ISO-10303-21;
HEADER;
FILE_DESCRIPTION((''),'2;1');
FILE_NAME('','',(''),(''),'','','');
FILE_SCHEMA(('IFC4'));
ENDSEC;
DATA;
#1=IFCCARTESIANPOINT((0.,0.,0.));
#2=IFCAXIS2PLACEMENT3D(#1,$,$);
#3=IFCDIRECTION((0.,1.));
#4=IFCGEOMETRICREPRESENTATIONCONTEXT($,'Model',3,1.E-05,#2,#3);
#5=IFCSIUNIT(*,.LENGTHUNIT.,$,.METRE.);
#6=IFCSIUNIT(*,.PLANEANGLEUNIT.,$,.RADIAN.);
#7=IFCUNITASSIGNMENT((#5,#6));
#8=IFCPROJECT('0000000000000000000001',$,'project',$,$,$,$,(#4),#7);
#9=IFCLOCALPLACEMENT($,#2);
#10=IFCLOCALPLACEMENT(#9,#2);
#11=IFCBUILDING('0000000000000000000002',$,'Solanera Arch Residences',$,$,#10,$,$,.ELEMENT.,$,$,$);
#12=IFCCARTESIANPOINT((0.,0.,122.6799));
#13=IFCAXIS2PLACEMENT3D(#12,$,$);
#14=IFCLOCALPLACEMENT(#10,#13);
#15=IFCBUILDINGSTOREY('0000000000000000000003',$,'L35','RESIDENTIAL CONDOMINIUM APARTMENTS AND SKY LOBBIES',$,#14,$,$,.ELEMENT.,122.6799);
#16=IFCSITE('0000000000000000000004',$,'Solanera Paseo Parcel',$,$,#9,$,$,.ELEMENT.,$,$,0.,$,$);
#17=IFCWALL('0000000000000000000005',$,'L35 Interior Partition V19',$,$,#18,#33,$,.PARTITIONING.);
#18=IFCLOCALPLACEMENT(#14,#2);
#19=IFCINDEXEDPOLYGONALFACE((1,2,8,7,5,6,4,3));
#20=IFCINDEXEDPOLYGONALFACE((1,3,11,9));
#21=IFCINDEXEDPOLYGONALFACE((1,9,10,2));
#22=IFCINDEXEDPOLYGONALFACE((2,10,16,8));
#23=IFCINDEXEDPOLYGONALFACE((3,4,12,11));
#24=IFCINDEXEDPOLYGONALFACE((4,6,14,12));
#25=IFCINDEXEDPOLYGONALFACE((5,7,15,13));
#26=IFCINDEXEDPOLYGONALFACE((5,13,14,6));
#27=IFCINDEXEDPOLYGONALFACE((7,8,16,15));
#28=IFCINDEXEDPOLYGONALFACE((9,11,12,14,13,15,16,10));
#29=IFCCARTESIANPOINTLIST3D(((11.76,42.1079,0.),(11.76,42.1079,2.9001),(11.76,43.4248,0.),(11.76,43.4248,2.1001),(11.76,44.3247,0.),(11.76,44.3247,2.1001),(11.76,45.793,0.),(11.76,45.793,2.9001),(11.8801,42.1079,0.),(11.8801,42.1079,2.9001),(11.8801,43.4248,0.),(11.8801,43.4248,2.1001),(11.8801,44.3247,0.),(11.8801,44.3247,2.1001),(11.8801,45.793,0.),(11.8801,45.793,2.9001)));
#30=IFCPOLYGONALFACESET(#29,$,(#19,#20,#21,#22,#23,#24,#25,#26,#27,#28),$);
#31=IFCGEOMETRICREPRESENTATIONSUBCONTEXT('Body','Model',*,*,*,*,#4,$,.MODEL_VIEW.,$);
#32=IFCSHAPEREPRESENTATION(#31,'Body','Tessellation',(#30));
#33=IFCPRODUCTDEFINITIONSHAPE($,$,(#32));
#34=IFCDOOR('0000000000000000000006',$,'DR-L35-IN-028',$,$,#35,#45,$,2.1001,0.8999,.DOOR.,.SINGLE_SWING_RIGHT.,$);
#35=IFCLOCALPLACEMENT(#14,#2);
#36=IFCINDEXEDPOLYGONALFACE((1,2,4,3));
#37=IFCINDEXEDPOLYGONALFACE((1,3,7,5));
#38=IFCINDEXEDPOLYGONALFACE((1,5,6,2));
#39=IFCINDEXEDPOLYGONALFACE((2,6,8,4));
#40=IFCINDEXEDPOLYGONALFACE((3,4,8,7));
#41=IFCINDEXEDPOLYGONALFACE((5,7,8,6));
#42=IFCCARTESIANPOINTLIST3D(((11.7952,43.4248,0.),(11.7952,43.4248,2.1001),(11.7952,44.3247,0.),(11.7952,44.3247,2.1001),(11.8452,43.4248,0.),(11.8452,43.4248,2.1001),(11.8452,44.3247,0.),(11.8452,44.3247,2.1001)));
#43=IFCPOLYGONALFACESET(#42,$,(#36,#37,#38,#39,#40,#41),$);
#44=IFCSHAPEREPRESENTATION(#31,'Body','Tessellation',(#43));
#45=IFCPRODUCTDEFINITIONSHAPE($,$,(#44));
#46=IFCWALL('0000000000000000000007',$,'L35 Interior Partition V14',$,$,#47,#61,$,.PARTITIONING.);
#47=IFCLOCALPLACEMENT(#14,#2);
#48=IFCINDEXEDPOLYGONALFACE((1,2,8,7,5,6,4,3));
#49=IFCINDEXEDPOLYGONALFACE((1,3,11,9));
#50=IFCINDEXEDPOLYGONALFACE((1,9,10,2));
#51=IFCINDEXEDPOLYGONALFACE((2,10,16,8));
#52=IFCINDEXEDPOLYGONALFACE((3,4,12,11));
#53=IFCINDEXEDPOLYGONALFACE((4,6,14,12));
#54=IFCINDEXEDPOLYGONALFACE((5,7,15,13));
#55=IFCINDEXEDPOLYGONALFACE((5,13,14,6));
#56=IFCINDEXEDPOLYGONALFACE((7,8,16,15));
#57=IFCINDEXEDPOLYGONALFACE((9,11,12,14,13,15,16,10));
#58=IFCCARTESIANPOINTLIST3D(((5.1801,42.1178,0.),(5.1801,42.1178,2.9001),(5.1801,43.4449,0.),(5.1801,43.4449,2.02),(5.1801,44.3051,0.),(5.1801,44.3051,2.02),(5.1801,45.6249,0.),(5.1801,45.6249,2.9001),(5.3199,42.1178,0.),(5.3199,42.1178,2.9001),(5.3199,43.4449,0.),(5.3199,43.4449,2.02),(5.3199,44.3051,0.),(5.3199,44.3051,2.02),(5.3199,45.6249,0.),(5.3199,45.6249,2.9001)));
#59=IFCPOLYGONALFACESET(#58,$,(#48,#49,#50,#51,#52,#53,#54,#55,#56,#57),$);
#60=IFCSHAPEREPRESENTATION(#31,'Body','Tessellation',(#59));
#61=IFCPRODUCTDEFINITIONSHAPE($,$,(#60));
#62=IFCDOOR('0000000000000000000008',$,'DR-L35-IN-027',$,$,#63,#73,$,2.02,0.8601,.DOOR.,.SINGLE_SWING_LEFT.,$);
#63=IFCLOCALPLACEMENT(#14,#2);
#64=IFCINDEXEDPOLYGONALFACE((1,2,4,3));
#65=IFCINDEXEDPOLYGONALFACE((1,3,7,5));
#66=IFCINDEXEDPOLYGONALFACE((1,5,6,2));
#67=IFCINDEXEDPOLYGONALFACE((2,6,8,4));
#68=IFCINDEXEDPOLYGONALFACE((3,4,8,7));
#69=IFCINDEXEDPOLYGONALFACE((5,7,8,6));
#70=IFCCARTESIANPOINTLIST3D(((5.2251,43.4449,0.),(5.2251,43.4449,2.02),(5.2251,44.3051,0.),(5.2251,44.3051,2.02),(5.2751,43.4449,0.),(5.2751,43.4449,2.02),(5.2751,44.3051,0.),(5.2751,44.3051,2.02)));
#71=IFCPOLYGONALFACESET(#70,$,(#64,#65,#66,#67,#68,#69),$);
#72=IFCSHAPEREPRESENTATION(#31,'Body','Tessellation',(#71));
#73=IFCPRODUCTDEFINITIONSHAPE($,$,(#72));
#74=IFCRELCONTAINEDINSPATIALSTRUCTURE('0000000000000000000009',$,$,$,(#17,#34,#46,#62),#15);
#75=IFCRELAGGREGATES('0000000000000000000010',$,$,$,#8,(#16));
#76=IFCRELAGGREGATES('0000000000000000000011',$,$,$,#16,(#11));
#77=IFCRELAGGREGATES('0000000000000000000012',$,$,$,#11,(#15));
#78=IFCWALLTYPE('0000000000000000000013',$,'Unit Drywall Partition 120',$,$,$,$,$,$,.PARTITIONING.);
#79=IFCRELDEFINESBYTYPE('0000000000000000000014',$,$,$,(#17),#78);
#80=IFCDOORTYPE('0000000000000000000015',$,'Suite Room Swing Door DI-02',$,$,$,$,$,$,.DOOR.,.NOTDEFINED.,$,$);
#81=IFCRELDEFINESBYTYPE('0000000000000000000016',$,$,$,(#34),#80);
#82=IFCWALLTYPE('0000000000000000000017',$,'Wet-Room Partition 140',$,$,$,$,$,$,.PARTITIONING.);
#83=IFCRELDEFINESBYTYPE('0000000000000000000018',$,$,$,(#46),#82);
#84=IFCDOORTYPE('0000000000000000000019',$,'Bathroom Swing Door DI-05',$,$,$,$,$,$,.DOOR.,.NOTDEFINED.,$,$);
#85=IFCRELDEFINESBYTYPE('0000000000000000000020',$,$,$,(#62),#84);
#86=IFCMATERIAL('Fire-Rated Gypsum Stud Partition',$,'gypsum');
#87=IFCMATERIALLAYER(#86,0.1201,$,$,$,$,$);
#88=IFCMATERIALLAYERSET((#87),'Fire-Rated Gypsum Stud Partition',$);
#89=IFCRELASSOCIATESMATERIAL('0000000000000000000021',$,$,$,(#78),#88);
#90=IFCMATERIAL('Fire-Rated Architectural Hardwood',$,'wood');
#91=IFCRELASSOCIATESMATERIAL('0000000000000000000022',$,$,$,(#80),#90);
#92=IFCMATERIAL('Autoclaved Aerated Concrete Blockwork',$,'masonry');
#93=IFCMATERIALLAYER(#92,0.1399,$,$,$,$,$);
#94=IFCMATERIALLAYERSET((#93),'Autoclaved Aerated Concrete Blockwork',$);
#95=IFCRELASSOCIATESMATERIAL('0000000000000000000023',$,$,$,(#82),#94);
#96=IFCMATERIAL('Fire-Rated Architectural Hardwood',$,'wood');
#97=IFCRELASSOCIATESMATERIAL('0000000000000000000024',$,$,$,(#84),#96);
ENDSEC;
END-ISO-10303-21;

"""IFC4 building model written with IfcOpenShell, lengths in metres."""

from ifc_helpers import new_model, si_unit, direction, frame, frame_2d, origin, place, context, subcontext, project, spatial, rectangle, extrude, material, layer, layer_set, type_object, element, fill, save


model = new_model("IFC4")

# Units and contexts
model_context = context("Model", 3, precision=1e-05, world=origin(), true_north=direction((0.0, 1.0)))
body_context = subcontext(model_context, "Body", "Model", "MODEL_VIEW")
ifc_project = project(units=[si_unit("LENGTHUNIT", "METRE"), si_unit("PLANEANGLEUNIT", "RADIAN")], contexts=[model_context])

# Site, building, storey
site_placement = place(None, origin())
site = spatial("IfcSite", under=ifc_project, at=site_placement, Name="Solanera Paseo Parcel", CompositionType="ELEMENT", RefElevation=0.0)
building_placement = place(site_placement, origin())
building = spatial("IfcBuilding", under=site, at=building_placement, Name="Solanera Arch Residences", CompositionType="ELEMENT")
storey_placement = place(building_placement, frame((0.0, 0.0, 122.6799)))
storey = spatial("IfcBuildingStorey", under=building, at=storey_placement, Name="L35", Description="RESIDENTIAL CONDOMINIUM APARTMENTS AND SKY LOBBIES", CompositionType="ELEMENT", Elevation=122.6799)

# Walls, openings, doors
ifc_material_1 = material(Name="Fire-Rated Gypsum Stud Partition", Category="gypsum")
ifc_layer_1 = layer(ifc_material_1, 0.1201)
ifc_layer_set_1 = layer_set([ifc_layer_1], Name="Fire-Rated Gypsum Stud Partition")
wall_type_1 = type_object("IfcWallType", Name="Unit Drywall Partition 120", PredefinedType="PARTITIONING", material=ifc_layer_set_1)
wall_1_placement = place(storey_placement, frame((11.8201, 42.1079, 0.0), z_axis=(0.0, 0.0, 1.0), x_axis=(0.0, 1.0, 0.0)))
wall_1 = element("IfcWall", 1, at=wall_1_placement, inside=storey, type_object=wall_type_1, Name="L35 Interior Partition V19", PredefinedType="PARTITIONING", context=body_context, shape_type="SweptSolid", body=[
    extrude(rectangle(XDim=3.6851, YDim=0.1201, at=frame_2d((1.8425, 0.0))), origin(), (0.0, 0.0, 1.0), 2.9001),
])
opening_1_placement = place(wall_1_placement, frame((1.3169, 0.0, 0.0)))
opening_1 = element("IfcOpeningElement", 2, at=opening_1_placement, cuts=wall_1, PredefinedType="OPENING", context=body_context, shape_type="SweptSolid", body=[
    extrude(rectangle(XDim=0.8999, YDim=2.1001, at=frame_2d((0.45, 1.05))), frame((0.0, 0.0701, 0.0), z_axis=(0.0, -1.0, 0.0), x_axis=(1.0, 0.0, 0.0)), (0.0, 0.0, 1.0), 0.1401),
])
ifc_material_2 = material(Name="Fire-Rated Architectural Hardwood", Category="wood")
door_type_1 = type_object("IfcDoorType", Name="Suite Room Swing Door DI-02", OperationType="NOTDEFINED", PredefinedType="DOOR", material=ifc_material_2)
door_1_placement = place(opening_1_placement, origin())
door_1 = element("IfcDoor", 3, at=door_1_placement, inside=storey, type_object=door_type_1, Name="DR-L35-IN-028", OperationType="SINGLE_SWING_RIGHT", OverallHeight=2.1001, OverallWidth=0.8999, PredefinedType="DOOR", context=body_context, shape_type="SweptSolid", body=[
    extrude(rectangle(XDim=0.8999, YDim=2.1001, at=frame_2d((0.45, 1.05))), frame((0.0, 0.0249, 0.0), z_axis=(0.0, -1.0, 0.0), x_axis=(1.0, 0.0, 0.0)), (0.0, 0.0, 1.0), 0.05),
])
fill(opening_1, door_1)
ifc_material_3 = material(Name="Autoclaved Aerated Concrete Blockwork", Category="masonry")
ifc_layer_2 = layer(ifc_material_3, 0.1399)
ifc_layer_set_2 = layer_set([ifc_layer_2], Name="Autoclaved Aerated Concrete Blockwork")
wall_type_2 = type_object("IfcWallType", Name="Wet-Room Partition 140", PredefinedType="PARTITIONING", material=ifc_layer_set_2)
wall_2_placement = place(storey_placement, frame((5.25, 42.1179, 0.0), z_axis=(0.0, 0.0, 1.0), x_axis=(0.0, 1.0, 0.0)))
wall_2 = element("IfcWall", 4, at=wall_2_placement, inside=storey, type_object=wall_type_2, Name="L35 Interior Partition V14", PredefinedType="PARTITIONING", context=body_context, shape_type="SweptSolid", body=[
    extrude(rectangle(XDim=3.5071, YDim=0.1399, at=frame_2d((1.7534, 0.0))), origin(), (0.0, 0.0, 1.0), 2.9001),
])
opening_2_placement = place(wall_2_placement, frame((1.3269, 0.0, 0.0)))
opening_2 = element("IfcOpeningElement", 5, at=opening_2_placement, cuts=wall_2, PredefinedType="OPENING", context=body_context, shape_type="SweptSolid", body=[
    extrude(rectangle(XDim=0.8601, YDim=2.02, at=frame_2d((0.4302, 1.01))), frame((0.0, 0.0798, 0.0), z_axis=(0.0, -1.0, 0.0), x_axis=(1.0, 0.0, 0.0)), (0.0, 0.0, 1.0), 0.1599),
])
ifc_material_4 = material(Name="Fire-Rated Architectural Hardwood", Category="wood")
door_type_2 = type_object("IfcDoorType", Name="Bathroom Swing Door DI-05", OperationType="NOTDEFINED", PredefinedType="DOOR", material=ifc_material_4)
door_2_placement = place(opening_2_placement, origin())
door_2 = element("IfcDoor", 6, at=door_2_placement, inside=storey, type_object=door_type_2, Name="DR-L35-IN-027", OperationType="SINGLE_SWING_LEFT", OverallHeight=2.02, OverallWidth=0.8601, PredefinedType="DOOR", context=body_context, shape_type="SweptSolid", body=[
    extrude(rectangle(XDim=0.8601, YDim=2.02, at=frame_2d((0.4302, 1.01))), frame((0.0, 0.0249, 0.0), z_axis=(0.0, -1.0, 0.0), x_axis=(1.0, 0.0, 0.0)), (0.0, 0.0, 1.0), 0.05),
])
fill(opening_2, door_2)

save(model, "model.ifc")
